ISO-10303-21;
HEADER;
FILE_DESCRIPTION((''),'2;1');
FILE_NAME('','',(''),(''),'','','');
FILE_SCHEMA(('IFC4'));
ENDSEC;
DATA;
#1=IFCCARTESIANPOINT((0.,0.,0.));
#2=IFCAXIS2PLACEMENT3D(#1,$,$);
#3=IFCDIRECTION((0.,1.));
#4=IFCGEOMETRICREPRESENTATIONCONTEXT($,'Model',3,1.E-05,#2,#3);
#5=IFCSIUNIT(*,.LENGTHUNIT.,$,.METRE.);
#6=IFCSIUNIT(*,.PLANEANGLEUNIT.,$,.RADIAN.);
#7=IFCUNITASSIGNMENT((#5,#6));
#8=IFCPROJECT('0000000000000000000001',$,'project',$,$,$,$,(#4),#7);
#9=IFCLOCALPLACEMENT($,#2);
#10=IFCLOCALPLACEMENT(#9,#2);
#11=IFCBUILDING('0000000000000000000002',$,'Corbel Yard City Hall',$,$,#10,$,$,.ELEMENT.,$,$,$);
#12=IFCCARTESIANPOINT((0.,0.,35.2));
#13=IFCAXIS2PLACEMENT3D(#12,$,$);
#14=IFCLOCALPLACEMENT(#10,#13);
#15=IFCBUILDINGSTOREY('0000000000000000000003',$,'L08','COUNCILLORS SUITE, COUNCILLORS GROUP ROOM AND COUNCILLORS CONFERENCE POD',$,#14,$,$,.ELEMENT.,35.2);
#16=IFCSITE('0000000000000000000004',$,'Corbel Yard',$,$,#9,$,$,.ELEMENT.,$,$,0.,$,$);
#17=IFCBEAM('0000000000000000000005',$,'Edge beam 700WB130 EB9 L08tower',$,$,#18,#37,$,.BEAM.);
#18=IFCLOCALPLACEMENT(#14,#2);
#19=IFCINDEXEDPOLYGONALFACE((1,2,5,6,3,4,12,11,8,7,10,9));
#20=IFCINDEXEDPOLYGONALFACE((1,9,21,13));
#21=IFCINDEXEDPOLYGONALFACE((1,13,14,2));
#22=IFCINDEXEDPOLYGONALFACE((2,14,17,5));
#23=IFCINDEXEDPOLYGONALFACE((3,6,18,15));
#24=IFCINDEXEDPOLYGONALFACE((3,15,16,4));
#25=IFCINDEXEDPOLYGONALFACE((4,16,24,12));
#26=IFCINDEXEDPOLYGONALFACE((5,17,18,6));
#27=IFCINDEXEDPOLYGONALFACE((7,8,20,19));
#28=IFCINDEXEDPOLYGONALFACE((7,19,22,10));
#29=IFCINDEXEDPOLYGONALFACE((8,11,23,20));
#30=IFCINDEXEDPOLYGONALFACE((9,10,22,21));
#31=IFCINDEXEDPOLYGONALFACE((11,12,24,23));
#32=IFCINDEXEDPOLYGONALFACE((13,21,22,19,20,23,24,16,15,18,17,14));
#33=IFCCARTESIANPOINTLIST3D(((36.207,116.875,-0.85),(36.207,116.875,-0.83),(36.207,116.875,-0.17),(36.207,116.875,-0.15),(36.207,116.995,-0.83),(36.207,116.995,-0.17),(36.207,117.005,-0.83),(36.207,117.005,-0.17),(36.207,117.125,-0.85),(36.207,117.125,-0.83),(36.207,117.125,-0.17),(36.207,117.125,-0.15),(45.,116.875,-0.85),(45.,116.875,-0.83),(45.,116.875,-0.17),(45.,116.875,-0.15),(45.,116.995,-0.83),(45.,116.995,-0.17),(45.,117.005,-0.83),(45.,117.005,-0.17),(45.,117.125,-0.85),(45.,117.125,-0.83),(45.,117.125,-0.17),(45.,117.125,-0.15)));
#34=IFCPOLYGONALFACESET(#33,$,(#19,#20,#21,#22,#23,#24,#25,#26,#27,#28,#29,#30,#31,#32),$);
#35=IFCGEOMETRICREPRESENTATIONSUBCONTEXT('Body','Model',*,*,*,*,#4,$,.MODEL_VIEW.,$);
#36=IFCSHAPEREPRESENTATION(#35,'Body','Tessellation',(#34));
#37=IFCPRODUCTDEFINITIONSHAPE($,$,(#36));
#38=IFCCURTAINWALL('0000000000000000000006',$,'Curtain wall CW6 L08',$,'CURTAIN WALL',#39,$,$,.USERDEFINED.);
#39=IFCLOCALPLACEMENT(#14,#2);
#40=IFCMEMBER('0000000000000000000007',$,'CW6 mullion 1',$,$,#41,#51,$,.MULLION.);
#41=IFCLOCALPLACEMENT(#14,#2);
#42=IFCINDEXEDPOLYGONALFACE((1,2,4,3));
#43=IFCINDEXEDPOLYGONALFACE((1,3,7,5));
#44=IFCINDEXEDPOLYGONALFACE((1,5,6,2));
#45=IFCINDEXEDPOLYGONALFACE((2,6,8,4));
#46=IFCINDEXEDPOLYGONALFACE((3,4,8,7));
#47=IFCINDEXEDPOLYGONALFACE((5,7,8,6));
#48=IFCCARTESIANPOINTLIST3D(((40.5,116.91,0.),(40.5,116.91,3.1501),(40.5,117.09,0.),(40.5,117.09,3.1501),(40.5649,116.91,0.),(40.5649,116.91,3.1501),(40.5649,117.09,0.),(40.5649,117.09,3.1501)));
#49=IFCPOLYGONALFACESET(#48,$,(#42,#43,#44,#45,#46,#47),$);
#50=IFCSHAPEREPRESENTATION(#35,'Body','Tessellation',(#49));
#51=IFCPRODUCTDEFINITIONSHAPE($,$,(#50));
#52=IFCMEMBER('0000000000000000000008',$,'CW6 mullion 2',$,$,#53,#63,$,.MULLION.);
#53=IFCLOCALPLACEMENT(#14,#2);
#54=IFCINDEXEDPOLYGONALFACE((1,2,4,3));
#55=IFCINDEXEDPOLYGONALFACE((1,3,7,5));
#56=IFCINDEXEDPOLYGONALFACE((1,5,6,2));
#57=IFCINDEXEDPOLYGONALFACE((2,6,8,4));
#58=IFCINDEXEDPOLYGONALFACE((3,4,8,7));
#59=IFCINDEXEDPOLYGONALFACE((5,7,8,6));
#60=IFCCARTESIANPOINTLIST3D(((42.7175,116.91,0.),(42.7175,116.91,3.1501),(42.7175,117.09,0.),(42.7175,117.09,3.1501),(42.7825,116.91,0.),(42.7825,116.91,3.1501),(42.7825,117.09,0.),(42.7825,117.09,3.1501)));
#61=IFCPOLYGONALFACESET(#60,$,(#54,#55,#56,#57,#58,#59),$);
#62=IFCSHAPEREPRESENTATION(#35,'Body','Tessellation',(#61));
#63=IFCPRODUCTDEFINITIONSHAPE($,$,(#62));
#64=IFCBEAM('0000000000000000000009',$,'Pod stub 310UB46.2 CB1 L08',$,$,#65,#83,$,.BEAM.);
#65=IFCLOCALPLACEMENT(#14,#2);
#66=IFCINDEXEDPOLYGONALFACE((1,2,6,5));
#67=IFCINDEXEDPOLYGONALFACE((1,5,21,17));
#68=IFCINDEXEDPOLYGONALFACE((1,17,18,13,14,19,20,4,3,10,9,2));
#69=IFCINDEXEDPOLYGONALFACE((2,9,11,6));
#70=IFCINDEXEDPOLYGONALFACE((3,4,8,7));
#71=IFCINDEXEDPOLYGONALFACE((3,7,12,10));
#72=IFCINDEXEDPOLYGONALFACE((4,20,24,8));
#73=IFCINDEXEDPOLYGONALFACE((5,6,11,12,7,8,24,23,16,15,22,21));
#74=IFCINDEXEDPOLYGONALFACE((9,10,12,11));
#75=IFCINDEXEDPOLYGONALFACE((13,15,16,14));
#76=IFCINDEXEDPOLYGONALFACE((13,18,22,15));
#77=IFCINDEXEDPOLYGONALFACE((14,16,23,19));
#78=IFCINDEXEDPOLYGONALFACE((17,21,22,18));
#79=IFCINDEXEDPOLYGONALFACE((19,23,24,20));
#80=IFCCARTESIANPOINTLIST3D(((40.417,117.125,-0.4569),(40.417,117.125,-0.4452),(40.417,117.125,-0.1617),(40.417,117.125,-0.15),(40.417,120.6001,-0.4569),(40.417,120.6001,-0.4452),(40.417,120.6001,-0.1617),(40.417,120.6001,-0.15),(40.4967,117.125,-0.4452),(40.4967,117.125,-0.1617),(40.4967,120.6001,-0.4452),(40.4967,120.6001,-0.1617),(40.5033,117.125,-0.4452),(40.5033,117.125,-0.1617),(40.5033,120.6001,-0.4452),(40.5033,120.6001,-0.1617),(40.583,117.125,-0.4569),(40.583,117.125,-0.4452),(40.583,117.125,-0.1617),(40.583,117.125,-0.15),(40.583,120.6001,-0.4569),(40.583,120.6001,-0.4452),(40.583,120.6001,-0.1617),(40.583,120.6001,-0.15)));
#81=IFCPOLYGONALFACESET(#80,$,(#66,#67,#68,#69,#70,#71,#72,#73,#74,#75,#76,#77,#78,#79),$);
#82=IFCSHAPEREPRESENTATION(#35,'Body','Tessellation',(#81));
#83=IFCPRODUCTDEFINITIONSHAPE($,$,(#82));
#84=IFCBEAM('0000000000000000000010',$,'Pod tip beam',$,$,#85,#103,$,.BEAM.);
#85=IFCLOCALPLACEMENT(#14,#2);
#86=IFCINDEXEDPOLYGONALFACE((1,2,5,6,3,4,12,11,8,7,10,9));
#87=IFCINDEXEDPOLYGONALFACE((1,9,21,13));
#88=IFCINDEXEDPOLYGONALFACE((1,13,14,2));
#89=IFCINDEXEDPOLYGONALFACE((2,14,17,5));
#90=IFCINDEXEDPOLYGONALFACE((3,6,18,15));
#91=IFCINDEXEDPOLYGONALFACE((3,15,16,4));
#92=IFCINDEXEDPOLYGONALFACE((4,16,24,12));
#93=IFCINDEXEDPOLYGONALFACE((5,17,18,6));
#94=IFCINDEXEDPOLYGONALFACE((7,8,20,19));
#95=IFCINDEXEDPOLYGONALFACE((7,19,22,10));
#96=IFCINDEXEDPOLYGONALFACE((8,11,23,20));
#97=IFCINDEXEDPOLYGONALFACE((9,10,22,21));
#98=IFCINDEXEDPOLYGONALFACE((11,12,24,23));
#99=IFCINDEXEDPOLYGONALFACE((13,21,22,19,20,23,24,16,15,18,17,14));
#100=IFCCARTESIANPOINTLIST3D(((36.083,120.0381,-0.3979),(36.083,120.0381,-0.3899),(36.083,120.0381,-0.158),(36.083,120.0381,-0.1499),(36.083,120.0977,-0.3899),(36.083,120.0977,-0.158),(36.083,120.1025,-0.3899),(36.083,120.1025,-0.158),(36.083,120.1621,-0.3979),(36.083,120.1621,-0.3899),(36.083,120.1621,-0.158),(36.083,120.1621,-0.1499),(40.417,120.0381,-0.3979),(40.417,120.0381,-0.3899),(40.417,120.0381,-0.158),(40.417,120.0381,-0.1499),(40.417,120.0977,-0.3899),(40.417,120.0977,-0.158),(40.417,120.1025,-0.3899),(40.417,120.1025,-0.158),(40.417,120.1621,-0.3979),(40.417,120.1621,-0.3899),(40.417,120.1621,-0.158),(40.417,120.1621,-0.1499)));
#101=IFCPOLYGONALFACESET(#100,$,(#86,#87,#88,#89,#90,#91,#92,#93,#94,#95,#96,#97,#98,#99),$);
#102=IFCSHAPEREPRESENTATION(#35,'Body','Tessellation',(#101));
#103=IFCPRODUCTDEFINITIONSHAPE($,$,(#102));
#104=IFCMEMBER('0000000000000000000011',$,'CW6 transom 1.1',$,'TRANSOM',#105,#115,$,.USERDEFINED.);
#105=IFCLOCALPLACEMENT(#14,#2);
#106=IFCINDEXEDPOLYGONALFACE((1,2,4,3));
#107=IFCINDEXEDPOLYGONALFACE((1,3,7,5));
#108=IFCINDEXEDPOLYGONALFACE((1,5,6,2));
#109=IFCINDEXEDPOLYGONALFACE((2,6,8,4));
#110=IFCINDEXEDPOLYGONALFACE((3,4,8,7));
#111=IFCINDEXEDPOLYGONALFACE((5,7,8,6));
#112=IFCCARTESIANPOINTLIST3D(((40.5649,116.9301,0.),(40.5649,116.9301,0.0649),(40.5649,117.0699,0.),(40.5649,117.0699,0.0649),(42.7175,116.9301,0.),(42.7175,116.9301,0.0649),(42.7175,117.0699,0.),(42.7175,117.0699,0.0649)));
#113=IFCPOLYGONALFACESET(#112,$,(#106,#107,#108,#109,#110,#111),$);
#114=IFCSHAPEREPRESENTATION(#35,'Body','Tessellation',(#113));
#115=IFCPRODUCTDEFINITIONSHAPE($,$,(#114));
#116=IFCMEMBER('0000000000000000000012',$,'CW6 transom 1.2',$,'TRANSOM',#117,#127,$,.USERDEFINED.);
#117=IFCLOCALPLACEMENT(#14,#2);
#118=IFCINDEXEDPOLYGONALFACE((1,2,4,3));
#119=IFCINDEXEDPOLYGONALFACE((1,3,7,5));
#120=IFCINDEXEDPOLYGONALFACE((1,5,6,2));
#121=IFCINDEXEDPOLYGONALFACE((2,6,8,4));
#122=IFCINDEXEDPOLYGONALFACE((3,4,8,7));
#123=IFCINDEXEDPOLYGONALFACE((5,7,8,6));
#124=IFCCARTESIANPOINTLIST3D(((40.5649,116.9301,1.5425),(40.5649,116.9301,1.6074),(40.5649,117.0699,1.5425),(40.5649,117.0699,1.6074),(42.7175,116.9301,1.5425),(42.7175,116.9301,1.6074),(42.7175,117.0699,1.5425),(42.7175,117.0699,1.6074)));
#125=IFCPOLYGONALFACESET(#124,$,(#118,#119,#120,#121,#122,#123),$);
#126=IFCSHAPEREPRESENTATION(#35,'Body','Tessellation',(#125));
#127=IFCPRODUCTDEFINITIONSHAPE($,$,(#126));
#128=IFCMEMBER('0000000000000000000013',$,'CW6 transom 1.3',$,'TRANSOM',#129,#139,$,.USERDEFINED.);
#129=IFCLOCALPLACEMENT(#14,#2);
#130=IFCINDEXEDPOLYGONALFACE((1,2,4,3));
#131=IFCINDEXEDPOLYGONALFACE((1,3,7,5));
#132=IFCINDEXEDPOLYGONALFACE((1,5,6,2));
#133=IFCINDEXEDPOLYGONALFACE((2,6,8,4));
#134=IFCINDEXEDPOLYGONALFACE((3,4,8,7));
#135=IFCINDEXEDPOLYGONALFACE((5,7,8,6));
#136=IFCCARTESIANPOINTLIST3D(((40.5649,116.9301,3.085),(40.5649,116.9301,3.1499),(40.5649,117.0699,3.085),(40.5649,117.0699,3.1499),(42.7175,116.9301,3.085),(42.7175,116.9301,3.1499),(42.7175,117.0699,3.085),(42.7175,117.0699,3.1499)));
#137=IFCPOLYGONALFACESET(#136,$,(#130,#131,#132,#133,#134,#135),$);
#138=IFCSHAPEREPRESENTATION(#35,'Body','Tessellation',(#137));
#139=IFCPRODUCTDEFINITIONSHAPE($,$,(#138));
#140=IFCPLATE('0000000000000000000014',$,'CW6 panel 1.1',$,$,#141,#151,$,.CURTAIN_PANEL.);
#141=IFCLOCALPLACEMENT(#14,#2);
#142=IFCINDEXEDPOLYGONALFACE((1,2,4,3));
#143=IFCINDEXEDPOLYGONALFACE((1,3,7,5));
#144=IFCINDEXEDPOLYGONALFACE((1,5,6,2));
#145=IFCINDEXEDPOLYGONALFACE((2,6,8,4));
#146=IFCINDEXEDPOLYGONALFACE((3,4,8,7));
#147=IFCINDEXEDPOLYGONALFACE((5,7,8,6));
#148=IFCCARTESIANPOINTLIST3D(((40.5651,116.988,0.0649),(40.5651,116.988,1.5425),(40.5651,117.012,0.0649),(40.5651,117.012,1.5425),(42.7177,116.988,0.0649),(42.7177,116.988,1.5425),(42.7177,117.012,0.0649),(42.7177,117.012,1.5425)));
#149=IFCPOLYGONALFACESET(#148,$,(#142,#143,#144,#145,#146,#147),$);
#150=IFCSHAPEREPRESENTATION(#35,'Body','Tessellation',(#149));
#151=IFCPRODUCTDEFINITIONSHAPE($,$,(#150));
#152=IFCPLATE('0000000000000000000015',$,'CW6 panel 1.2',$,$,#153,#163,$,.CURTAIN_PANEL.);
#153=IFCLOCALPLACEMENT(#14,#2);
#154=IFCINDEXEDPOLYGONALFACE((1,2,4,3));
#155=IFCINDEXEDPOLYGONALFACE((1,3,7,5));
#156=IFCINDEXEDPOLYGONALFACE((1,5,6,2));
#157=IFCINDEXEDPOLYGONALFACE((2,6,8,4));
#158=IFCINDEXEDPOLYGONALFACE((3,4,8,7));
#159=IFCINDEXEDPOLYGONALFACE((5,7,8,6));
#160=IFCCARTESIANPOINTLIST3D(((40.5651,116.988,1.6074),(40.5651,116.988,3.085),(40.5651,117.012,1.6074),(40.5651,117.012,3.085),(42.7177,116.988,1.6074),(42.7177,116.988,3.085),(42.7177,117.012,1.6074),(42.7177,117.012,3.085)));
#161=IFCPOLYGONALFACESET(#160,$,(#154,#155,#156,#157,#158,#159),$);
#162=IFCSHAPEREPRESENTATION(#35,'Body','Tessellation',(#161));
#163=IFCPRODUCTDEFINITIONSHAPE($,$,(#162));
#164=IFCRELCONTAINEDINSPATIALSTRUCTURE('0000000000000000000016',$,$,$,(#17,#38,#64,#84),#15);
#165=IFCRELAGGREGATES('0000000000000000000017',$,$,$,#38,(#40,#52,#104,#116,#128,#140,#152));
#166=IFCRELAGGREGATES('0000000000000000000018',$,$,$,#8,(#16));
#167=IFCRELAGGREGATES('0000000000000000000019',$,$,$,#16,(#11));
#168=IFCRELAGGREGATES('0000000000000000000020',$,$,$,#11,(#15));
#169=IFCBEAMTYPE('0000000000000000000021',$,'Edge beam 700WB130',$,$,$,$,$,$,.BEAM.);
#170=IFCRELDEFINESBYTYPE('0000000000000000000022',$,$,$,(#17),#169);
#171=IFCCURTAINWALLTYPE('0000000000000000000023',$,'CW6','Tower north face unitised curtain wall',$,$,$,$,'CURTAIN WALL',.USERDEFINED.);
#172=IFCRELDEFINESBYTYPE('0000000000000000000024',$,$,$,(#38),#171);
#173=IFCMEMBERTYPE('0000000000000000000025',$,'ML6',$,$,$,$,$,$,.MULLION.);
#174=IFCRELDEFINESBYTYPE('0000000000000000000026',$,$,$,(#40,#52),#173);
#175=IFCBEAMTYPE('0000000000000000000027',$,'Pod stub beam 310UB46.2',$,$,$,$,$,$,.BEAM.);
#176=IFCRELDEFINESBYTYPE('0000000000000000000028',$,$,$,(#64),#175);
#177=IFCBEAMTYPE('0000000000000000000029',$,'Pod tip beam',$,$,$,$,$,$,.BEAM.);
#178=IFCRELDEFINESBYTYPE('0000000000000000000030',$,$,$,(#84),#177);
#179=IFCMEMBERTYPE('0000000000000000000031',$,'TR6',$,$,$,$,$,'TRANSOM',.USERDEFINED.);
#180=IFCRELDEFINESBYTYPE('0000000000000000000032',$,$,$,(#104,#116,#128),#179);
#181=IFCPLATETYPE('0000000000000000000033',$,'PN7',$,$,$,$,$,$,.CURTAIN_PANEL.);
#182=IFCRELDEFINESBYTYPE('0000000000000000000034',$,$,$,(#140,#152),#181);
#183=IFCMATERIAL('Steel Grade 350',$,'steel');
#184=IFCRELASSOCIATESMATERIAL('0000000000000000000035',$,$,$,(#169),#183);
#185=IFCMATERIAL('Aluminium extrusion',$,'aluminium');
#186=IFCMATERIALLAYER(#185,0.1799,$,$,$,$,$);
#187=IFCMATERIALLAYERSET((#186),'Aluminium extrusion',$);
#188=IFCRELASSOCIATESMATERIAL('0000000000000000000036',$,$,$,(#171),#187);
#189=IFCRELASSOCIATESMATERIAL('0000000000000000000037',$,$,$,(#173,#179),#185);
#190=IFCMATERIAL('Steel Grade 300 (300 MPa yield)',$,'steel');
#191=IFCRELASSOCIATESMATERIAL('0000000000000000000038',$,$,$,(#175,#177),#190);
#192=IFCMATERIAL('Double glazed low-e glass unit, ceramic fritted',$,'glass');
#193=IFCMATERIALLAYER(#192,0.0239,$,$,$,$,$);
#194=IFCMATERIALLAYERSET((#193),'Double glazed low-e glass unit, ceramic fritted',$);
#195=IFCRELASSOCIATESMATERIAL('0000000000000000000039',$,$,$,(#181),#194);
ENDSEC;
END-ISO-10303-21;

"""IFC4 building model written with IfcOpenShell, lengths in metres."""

from ifc_helpers import new_model, si_unit, direction, frame, origin, origin_2d, place, context, subcontext, project, spatial, rectangle, i_section, extrude, material, layer, layer_set, material_profile, profile_set, type_object, element, aggregate, save


model = new_model("IFC4")

# Units and contexts
model_context = context("Model", 3, precision=1e-05, world=origin(), true_north=direction((0.0, 1.0)))
body_context = subcontext(model_context, "Body", "Model", "MODEL_VIEW")
ifc_project = project(units=[si_unit("LENGTHUNIT", "METRE"), si_unit("PLANEANGLEUNIT", "RADIAN")], contexts=[model_context])

# Site, building, storey
site_placement = place(None, origin())
site = spatial("IfcSite", under=ifc_project, at=site_placement, Name="Corbel Yard", CompositionType="ELEMENT", RefElevation=0.0)
building_placement = place(site_placement, origin())
building = spatial("IfcBuilding", under=site, at=building_placement, Name="Corbel Yard City Hall", CompositionType="ELEMENT")
storey_placement = place(building_placement, frame((0.0, 0.0, 35.2)))
storey = spatial("IfcBuildingStorey", under=building, at=storey_placement, Name="L08", Description="COUNCILLORS SUITE, COUNCILLORS GROUP ROOM AND COUNCILLORS CONFERENCE POD", CompositionType="ELEMENT", Elevation=35.2)

# Beam
ifc_material_1 = material(Name="Steel Grade 350", Category="steel")
ifc_material_profile_1 = material_profile(ifc_material_1, i_section(OverallWidth=0.25, OverallDepth=0.7, WebThickness=0.01, FlangeThickness=0.02, at=origin_2d()), Name="700WB130")
ifc_profile_set_1 = profile_set([ifc_material_profile_1], Name="Steel Grade 350")
beam_type_1 = type_object("IfcBeamType", Name="Edge beam 700WB130", PredefinedType="BEAM", material=ifc_profile_set_1)
beam_1_placement = place(storey_placement, frame((36.207, 117.0, -0.5), z_axis=(1.0, 0.0, 0.0), x_axis=(0.0, 1.0, 0.0)))
element("IfcBeam", 1, at=beam_1_placement, inside=storey, type_object=beam_type_1, Name="Edge beam 700WB130 EB9 L08tower", PredefinedType="BEAM", context=body_context, shape_type="SweptSolid", body=[
    extrude(i_section(OverallWidth=0.25, OverallDepth=0.7, WebThickness=0.01, FlangeThickness=0.02, at=origin_2d()), origin(), (0.0, 0.0, 1.0), 8.793),
])

# Curtain wall, members
ifc_material_2 = material(Name="Aluminium extrusion", Category="aluminium")
ifc_layer_1 = layer(ifc_material_2, 0.1799)
ifc_layer_set_1 = layer_set([ifc_layer_1], Name="Aluminium extrusion")
curtain_wall_type = type_object("IfcCurtainWallType", Name="CW6", Description="Tower north face unitised curtain wall", ElementType="CURTAIN WALL", PredefinedType="USERDEFINED", material=ifc_layer_set_1)
curtain_wall_placement = place(storey_placement, origin())
curtain_wall = element("IfcCurtainWall", 2, at=curtain_wall_placement, inside=storey, type_object=curtain_wall_type, Name="Curtain wall CW6 L08", ObjectType="CURTAIN WALL", PredefinedType="USERDEFINED")
ifc_material_profile_2 = material_profile(ifc_material_2, rectangle(XDim=0.1799, YDim=0.0649, at=origin_2d()), Name="180x65")
ifc_profile_set_2 = profile_set([ifc_material_profile_2], Name="Aluminium extrusion")
member_type_1 = type_object("IfcMemberType", Name="ML6", PredefinedType="MULLION", material=ifc_profile_set_2)
member_1_placement = place(storey_placement, frame((40.5325, 117.0, 0.0), z_axis=(0.0, 0.0, 1.0), x_axis=(0.0, 1.0, 0.0)))
member_1 = element("IfcMember", 3, at=member_1_placement, type_object=member_type_1, Name="CW6 mullion 1", PredefinedType="MULLION", context=body_context, shape_type="SweptSolid", body=[
    extrude(rectangle(XDim=0.1799, YDim=0.0649, at=origin_2d()), origin(), (0.0, 0.0, 1.0), 3.1501),
])
member_2_placement = place(storey_placement, frame((42.75, 117.0, 0.0), z_axis=(0.0, 0.0, 1.0), x_axis=(0.0, 1.0, 0.0)))
member_2 = element("IfcMember", 4, at=member_2_placement, type_object=member_type_1, Name="CW6 mullion 2", PredefinedType="MULLION", context=body_context, shape_type="SweptSolid", body=[
    extrude(rectangle(XDim=0.1799, YDim=0.0649, at=origin_2d()), origin(), (0.0, 0.0, 1.0), 3.1501),
])

# Beams
ifc_material_3 = material(Name="Steel Grade 300 (300 MPa yield)", Category="steel")
ifc_material_profile_3 = material_profile(ifc_material_3, i_section(OverallWidth=0.166, OverallDepth=0.3069, WebThickness=0.0066, FlangeThickness=0.0117, at=origin_2d()), Name="310UB46.2")
ifc_profile_set_3 = profile_set([ifc_material_profile_3], Name="Steel Grade 300 (300 MPa yield)")
beam_type_2 = type_object("IfcBeamType", Name="Pod stub beam 310UB46.2", PredefinedType="BEAM", material=ifc_profile_set_3)
beam_2_placement = place(storey_placement, frame((40.5, 117.125, -0.3035), z_axis=(0.0, 1.0, 0.0), x_axis=(-1.0, 0.0, 0.0)))
element("IfcBeam", 5, at=beam_2_placement, inside=storey, type_object=beam_type_2, Name="Pod stub 310UB46.2 CB1 L08", PredefinedType="BEAM", context=body_context, shape_type="SweptSolid", body=[
    extrude(i_section(OverallWidth=0.166, OverallDepth=0.3069, WebThickness=0.0066, FlangeThickness=0.0117, at=origin_2d()), origin(), (0.0, 0.0, 1.0), 3.4751),
])
ifc_material_profile_4 = material_profile(ifc_material_3, i_section(OverallWidth=0.124, OverallDepth=0.248, WebThickness=0.0049, FlangeThickness=0.0081, at=origin_2d()), Name="250UB25.7")
ifc_profile_set_4 = profile_set([ifc_material_profile_4], Name="Steel Grade 300 (300 MPa yield)")
beam_type_3 = type_object("IfcBeamType", Name="Pod tip beam", PredefinedType="BEAM", material=ifc_profile_set_4)
beam_3_placement = place(storey_placement, frame((36.083, 120.1001, -0.2739), z_axis=(1.0, 0.0, 0.0), x_axis=(0.0, 1.0, 0.0)))
element("IfcBeam", 6, at=beam_3_placement, inside=storey, type_object=beam_type_3, Name="Pod tip beam", PredefinedType="BEAM", context=body_context, shape_type="SweptSolid", body=[
    extrude(i_section(OverallWidth=0.124, OverallDepth=0.248, WebThickness=0.0049, FlangeThickness=0.0081, at=origin_2d()), origin(), (0.0, 0.0, 1.0), 4.334),
])

# Members
ifc_material_profile_5 = material_profile(ifc_material_2, rectangle(XDim=0.1399, YDim=0.0649, at=origin_2d()), Name="140x65")
ifc_profile_set_5 = profile_set([ifc_material_profile_5], Name="Aluminium extrusion")
member_type_2 = type_object("IfcMemberType", Name="TR6", ElementType="TRANSOM", PredefinedType="USERDEFINED", material=ifc_profile_set_5)
member_3_placement = place(storey_placement, frame((40.5649, 117.0, 0.0325), z_axis=(1.0, 0.0, 0.0), x_axis=(0.0, 1.0, 0.0)))
member_3 = element("IfcMember", 7, at=member_3_placement, type_object=member_type_2, Name="CW6 transom 1.1", ObjectType="TRANSOM", PredefinedType="USERDEFINED", context=body_context, shape_type="SweptSolid", body=[
    extrude(rectangle(XDim=0.1399, YDim=0.0649, at=origin_2d()), origin(), (0.0, 0.0, 1.0), 2.1526),
])
member_4_placement = place(storey_placement, frame((40.5649, 117.0, 1.575), z_axis=(1.0, 0.0, 0.0), x_axis=(0.0, 1.0, 0.0)))
member_4 = element("IfcMember", 8, at=member_4_placement, type_object=member_type_2, Name="CW6 transom 1.2", ObjectType="TRANSOM", PredefinedType="USERDEFINED", context=body_context, shape_type="SweptSolid", body=[
    extrude(rectangle(XDim=0.1399, YDim=0.0649, at=origin_2d()), origin(), (0.0, 0.0, 1.0), 2.1526),
])
member_5_placement = place(storey_placement, frame((40.5649, 117.0, 3.1174), z_axis=(1.0, 0.0, 0.0), x_axis=(0.0, 1.0, 0.0)))
member_5 = element("IfcMember", 9, at=member_5_placement, type_object=member_type_2, Name="CW6 transom 1.3", ObjectType="TRANSOM", PredefinedType="USERDEFINED", context=body_context, shape_type="SweptSolid", body=[
    extrude(rectangle(XDim=0.1399, YDim=0.0649, at=origin_2d()), origin(), (0.0, 0.0, 1.0), 2.1526),
])

# Plates
ifc_material_4 = material(Name="Double glazed low-e glass unit, ceramic fritted", Category="glass")
ifc_layer_2 = layer(ifc_material_4, 0.0239)
ifc_layer_set_2 = layer_set([ifc_layer_2], Name="Double glazed low-e glass unit, ceramic fritted")
plate_type = type_object("IfcPlateType", Name="PN7", PredefinedType="CURTAIN_PANEL", material=ifc_layer_set_2)
plate_1_placement = place(storey_placement, frame((41.6414, 117.0, 0.0649), z_axis=(0.0, 0.0, 1.0), x_axis=(1.0, 0.0, 0.0)))
plate_1 = element("IfcPlate", 10, at=plate_1_placement, type_object=plate_type, Name="CW6 panel 1.1", PredefinedType="CURTAIN_PANEL", context=body_context, shape_type="SweptSolid", body=[
    extrude(rectangle(XDim=2.1526, YDim=0.0239, at=origin_2d()), origin(), (0.0, 0.0, 1.0), 1.4775),
])
plate_2_placement = place(storey_placement, frame((41.6414, 117.0, 1.6074), z_axis=(0.0, 0.0, 1.0), x_axis=(1.0, 0.0, 0.0)))
plate_2 = element("IfcPlate", 11, at=plate_2_placement, type_object=plate_type, Name="CW6 panel 1.2", PredefinedType="CURTAIN_PANEL", context=body_context, shape_type="SweptSolid", body=[
    extrude(rectangle(XDim=2.1526, YDim=0.0239, at=origin_2d()), origin(), (0.0, 0.0, 1.0), 1.4775),
])
aggregate(curtain_wall, [member_1, member_2, member_3, member_4, member_5, plate_1, plate_2])

save(model, "model.ifc")
